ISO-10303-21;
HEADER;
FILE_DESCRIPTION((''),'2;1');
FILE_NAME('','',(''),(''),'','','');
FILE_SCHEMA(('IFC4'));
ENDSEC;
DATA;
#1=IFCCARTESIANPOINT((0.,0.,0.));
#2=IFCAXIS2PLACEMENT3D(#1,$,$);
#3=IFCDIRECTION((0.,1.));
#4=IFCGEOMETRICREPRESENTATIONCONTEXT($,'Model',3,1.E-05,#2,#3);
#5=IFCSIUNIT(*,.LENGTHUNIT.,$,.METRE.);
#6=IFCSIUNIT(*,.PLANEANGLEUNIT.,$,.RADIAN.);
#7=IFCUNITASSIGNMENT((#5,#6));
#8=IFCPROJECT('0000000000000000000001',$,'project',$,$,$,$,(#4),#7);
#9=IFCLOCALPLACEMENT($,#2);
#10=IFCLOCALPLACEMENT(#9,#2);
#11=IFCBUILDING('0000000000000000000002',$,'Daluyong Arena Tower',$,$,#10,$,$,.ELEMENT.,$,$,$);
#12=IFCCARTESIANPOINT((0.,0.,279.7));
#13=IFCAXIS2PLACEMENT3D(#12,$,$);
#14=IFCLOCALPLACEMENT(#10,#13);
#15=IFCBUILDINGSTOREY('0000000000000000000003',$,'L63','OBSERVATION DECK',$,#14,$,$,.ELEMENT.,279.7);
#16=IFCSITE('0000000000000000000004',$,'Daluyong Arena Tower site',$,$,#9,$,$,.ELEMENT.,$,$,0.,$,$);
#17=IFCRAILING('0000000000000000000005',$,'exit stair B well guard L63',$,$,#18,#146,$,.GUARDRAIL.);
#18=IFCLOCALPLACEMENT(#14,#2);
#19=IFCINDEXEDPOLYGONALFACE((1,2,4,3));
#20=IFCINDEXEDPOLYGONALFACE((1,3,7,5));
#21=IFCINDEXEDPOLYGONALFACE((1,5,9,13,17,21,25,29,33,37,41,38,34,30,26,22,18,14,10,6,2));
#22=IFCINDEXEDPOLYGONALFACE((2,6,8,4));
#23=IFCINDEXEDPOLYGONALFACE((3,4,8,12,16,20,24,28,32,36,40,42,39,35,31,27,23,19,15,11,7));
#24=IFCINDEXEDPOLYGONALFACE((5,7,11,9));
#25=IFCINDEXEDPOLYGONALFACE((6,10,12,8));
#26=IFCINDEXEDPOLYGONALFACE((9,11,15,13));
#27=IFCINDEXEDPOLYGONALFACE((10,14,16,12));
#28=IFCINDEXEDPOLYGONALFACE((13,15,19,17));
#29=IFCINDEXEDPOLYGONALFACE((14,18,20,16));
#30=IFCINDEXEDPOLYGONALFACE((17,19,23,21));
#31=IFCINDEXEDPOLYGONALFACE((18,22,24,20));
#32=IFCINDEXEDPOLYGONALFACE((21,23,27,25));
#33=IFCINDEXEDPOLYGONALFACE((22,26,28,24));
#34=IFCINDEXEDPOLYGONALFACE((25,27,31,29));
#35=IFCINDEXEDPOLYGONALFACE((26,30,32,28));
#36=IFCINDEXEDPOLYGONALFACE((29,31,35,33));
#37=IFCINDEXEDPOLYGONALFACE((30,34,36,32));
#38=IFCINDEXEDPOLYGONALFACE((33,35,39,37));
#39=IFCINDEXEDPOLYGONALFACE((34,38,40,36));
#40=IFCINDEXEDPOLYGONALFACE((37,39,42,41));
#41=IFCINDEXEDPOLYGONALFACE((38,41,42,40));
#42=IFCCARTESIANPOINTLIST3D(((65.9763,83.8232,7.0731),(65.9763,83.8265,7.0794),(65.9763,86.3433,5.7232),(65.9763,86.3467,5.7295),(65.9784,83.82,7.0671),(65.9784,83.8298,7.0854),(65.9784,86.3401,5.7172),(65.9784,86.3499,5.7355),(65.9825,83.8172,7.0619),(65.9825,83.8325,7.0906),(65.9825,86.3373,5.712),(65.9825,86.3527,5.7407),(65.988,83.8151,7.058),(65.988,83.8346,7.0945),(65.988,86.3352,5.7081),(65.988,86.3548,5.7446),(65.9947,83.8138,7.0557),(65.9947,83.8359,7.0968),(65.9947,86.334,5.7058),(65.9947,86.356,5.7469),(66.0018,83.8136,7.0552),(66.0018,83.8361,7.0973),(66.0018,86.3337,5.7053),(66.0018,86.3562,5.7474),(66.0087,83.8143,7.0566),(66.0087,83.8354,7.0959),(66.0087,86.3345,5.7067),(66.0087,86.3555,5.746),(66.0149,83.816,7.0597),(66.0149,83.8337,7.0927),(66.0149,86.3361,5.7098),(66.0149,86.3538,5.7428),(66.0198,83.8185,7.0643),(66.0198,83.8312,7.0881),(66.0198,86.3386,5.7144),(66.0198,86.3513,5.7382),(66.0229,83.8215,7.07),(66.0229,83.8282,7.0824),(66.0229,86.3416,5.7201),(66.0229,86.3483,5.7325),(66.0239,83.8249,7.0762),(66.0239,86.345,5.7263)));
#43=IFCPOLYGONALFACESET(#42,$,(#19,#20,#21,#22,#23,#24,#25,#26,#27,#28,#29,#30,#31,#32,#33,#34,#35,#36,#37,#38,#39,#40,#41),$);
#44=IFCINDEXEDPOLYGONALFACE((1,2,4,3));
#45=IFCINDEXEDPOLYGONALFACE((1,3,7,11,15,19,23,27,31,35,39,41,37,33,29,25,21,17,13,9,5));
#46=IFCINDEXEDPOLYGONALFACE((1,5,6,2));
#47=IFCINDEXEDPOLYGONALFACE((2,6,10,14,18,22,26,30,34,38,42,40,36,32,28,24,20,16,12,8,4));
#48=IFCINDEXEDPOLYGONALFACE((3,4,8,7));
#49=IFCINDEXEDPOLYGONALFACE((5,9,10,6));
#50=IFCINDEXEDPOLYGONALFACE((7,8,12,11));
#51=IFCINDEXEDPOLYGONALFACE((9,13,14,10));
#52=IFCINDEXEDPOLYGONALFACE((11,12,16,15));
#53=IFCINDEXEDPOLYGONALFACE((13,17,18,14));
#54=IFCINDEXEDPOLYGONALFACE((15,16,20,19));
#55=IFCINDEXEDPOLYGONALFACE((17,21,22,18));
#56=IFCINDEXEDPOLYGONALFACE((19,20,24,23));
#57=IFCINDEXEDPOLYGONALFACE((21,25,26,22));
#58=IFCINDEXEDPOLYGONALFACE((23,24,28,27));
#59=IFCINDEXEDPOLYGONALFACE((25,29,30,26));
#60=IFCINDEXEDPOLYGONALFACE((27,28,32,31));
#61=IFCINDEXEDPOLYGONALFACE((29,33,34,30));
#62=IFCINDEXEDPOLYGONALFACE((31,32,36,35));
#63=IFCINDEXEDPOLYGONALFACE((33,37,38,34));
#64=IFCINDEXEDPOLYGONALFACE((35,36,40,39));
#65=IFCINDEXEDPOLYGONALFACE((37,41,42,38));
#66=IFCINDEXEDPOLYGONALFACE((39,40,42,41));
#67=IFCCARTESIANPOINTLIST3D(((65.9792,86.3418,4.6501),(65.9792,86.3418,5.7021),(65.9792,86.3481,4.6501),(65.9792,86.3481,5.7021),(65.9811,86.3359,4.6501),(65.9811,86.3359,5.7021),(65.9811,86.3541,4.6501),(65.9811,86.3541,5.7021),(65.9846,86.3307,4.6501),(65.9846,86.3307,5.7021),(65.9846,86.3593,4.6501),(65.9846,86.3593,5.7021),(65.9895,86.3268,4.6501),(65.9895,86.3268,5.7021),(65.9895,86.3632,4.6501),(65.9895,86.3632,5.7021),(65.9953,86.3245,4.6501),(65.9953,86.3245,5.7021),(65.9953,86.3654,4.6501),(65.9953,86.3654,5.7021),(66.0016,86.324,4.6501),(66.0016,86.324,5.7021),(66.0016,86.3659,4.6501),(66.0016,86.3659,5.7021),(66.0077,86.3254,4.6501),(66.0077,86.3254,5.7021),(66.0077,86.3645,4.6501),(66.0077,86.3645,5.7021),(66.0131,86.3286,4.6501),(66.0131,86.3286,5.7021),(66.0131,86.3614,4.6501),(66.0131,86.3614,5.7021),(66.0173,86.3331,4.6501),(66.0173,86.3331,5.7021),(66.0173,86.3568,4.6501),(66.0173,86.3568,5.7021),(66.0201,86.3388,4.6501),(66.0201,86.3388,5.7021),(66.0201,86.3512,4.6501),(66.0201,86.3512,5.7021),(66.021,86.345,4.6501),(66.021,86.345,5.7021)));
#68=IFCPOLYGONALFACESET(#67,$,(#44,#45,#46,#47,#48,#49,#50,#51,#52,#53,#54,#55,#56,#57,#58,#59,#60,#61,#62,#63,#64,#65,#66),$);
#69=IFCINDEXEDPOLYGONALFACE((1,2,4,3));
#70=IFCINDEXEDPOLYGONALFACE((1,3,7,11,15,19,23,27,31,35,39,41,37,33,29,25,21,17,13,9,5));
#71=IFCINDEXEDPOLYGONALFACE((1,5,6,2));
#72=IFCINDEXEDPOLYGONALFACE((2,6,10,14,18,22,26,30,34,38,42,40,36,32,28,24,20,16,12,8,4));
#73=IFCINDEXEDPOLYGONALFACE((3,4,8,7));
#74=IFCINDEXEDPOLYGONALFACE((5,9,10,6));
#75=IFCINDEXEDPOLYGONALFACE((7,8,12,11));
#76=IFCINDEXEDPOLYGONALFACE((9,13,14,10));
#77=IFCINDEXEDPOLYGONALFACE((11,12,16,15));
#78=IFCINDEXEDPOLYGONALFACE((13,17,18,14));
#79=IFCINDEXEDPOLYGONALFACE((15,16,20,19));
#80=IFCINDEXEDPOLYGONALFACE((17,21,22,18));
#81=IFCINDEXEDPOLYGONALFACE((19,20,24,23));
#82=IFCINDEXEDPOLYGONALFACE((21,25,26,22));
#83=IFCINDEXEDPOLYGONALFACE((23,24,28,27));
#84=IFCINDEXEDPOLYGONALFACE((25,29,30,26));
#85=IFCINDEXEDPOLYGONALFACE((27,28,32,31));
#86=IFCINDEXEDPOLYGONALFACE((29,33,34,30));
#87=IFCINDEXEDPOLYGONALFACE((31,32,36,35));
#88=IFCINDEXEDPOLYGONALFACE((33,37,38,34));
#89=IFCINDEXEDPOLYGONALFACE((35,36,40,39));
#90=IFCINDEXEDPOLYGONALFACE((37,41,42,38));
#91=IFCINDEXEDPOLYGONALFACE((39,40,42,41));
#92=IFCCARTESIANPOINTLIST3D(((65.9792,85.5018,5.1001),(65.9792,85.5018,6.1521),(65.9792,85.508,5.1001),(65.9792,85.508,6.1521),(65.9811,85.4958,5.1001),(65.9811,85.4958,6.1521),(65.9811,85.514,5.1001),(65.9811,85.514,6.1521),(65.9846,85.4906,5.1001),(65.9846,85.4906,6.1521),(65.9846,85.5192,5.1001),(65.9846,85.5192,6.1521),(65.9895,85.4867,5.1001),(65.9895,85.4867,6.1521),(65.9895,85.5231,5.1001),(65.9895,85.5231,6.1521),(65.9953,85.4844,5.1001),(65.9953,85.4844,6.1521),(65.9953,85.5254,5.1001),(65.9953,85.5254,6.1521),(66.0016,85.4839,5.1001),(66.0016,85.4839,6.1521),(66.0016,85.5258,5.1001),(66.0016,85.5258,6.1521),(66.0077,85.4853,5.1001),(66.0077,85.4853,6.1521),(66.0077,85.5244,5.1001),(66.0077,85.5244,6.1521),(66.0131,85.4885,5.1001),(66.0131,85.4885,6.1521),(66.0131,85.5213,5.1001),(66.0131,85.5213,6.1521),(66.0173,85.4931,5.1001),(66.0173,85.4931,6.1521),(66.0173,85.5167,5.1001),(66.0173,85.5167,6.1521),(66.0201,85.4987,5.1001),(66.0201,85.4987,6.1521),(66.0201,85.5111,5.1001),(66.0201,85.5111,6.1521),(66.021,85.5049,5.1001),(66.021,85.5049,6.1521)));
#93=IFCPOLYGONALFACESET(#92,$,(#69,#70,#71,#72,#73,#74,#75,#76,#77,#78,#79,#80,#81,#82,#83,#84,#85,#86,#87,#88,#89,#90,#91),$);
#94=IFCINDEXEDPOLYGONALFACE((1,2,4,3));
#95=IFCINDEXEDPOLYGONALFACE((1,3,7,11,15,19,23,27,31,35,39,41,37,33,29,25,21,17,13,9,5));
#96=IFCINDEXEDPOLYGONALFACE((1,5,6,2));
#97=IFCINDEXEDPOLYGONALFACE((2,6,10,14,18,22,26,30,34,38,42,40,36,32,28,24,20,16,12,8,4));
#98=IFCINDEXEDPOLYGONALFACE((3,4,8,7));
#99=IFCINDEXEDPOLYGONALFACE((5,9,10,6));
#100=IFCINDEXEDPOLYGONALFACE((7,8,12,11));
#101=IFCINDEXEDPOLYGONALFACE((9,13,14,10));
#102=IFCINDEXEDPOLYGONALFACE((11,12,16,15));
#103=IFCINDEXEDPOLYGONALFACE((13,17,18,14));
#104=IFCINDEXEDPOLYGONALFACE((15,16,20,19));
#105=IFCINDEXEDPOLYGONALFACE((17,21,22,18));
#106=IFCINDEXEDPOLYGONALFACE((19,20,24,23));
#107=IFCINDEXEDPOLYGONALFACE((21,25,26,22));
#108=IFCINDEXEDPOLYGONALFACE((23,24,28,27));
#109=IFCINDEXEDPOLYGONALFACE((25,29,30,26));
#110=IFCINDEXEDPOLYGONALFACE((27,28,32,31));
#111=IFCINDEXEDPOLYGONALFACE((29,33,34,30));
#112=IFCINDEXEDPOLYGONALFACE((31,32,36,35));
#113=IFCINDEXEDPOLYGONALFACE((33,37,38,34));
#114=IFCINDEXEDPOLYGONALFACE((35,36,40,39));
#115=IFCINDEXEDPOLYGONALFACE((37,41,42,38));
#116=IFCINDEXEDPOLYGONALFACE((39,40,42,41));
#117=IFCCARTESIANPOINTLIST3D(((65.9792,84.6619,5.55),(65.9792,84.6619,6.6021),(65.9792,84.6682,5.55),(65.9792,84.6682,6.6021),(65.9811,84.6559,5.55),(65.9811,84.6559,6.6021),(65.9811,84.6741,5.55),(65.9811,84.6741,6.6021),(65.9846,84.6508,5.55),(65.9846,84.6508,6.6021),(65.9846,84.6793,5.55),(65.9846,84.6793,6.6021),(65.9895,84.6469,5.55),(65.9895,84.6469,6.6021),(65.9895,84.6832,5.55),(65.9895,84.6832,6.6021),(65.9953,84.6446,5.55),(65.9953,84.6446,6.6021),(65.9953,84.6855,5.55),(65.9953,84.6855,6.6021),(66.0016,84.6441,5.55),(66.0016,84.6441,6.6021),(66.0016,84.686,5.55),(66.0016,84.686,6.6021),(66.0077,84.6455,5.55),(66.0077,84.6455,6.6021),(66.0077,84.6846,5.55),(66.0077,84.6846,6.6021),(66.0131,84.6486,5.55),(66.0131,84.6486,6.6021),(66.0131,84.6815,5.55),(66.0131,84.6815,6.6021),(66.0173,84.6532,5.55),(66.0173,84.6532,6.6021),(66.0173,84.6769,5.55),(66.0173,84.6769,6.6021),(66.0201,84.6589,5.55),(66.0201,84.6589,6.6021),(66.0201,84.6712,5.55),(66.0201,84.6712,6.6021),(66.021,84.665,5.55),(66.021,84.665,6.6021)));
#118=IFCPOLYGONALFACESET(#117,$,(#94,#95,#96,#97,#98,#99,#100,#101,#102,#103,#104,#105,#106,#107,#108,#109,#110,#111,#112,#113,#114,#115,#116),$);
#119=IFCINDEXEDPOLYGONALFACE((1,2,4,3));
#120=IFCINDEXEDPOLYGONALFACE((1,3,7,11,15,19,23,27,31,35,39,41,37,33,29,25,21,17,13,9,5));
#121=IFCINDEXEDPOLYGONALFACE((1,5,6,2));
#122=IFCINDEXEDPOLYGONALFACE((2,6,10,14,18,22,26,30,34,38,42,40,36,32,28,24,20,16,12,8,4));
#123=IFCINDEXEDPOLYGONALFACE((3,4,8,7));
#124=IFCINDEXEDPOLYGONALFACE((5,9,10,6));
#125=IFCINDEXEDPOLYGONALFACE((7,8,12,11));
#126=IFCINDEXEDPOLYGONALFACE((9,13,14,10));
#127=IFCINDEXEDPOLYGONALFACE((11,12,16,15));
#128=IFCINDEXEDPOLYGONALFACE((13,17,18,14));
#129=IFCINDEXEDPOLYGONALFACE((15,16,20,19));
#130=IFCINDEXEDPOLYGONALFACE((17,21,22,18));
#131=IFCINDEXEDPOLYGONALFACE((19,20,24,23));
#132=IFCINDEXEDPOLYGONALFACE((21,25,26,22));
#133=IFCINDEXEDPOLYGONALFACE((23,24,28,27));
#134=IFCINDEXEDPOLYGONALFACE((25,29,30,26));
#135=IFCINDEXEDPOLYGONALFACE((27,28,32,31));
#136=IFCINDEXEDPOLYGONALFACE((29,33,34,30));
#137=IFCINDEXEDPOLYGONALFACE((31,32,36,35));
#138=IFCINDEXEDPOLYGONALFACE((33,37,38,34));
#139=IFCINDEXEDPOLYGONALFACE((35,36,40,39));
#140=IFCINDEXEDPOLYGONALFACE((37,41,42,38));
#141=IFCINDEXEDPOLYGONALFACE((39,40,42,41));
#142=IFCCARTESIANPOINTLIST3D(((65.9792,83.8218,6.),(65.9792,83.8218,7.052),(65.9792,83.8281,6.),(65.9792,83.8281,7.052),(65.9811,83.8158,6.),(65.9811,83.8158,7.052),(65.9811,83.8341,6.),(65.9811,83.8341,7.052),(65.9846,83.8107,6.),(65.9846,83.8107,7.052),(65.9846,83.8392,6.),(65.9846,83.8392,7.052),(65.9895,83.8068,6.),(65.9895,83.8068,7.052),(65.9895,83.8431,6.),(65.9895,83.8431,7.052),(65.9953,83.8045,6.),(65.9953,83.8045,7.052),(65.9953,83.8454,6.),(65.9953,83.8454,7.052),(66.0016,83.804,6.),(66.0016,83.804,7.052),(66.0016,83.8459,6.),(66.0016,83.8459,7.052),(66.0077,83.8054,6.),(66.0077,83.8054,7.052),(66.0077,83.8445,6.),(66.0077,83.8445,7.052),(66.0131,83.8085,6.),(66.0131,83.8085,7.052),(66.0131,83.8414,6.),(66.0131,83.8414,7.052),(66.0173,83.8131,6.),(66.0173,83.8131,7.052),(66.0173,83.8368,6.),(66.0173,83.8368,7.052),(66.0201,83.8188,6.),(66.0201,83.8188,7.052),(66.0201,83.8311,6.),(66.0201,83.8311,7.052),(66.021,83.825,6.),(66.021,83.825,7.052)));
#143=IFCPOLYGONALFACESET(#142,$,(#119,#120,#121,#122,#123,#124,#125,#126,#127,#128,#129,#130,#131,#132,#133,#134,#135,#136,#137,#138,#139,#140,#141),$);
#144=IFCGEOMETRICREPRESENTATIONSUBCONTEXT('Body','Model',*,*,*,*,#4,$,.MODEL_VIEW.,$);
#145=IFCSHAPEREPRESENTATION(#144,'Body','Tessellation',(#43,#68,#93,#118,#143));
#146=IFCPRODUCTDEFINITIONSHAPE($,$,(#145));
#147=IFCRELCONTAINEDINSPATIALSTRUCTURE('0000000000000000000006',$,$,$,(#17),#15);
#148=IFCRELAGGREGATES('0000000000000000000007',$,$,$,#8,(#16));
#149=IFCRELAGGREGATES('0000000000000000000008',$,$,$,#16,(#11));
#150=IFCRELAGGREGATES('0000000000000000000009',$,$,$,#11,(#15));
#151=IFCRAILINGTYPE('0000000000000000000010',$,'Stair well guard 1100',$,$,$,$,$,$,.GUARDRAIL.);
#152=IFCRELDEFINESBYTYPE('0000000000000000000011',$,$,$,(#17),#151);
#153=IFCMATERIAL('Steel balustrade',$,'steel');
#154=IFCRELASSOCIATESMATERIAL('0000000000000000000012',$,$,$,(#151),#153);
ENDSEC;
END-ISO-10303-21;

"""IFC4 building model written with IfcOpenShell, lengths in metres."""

from ifc_helpers import new_model, si_unit, direction, frame, origin, origin_2d, place, context, subcontext, project, spatial, circle, extrude, material, type_object, element, save


model = new_model("IFC4")

# Units and contexts
model_context = context("Model", 3, precision=1e-05, world=origin(), true_north=direction((0.0, 1.0)))
body_context = subcontext(model_context, "Body", "Model", "MODEL_VIEW")
ifc_project = project(units=[si_unit("LENGTHUNIT", "METRE"), si_unit("PLANEANGLEUNIT", "RADIAN")], contexts=[model_context])

# Site, building, storey
site_placement = place(None, origin())
site = spatial("IfcSite", under=ifc_project, at=site_placement, Name="Daluyong Arena Tower site", CompositionType="ELEMENT", RefElevation=0.0)
building_placement = place(site_placement, origin())
building = spatial("IfcBuilding", under=site, at=building_placement, Name="Daluyong Arena Tower", CompositionType="ELEMENT")
storey_placement = place(building_placement, frame((0.0, 0.0, 279.7)))
storey = spatial("IfcBuildingStorey", under=building, at=storey_placement, Name="L63", Description="OBSERVATION DECK", CompositionType="ELEMENT", Elevation=279.7)

# Railing
ifc_material_1 = material(Name="Steel balustrade", Category="steel")
railing_type_1 = type_object("IfcRailingType", Name="Stair well guard 1100", PredefinedType="GUARDRAIL", material=ifc_material_1)
railing_1_placement = place(storey_placement, frame((66.0, 86.345, 4.6501)))
element("IfcRailing", 1, at=railing_1_placement, inside=storey, type_object=railing_type_1, Name="exit stair B well guard L63", PredefinedType="GUARDRAIL", context=body_context, shape_type="SweptSolid", body=[
    extrude(circle(Radius=0.0239, at=origin_2d()), frame((0.0, 0.0, 1.0762), z_axis=(0.0, -0.881503, 0.472179), x_axis=(1.0, 0.0, 0.0)), (0.0, 0.0, 1.0), 2.8589),
    extrude(circle(Radius=0.021, at=origin_2d()), origin(), (0.0, 0.0, 1.0), 1.052),
    extrude(circle(Radius=0.021, at=origin_2d()), frame((0.0, -0.8401, 0.45)), (0.0, 0.0, 1.0), 1.052),
    extrude(circle(Radius=0.021, at=origin_2d()), frame((0.0, -1.6799, 0.8999)), (0.0, 0.0, 1.0), 1.052),
    extrude(circle(Radius=0.021, at=origin_2d()), frame((0.0, -2.52, 1.3499)), (0.0, 0.0, 1.0), 1.052),
])

save(model, "model.ifc")
